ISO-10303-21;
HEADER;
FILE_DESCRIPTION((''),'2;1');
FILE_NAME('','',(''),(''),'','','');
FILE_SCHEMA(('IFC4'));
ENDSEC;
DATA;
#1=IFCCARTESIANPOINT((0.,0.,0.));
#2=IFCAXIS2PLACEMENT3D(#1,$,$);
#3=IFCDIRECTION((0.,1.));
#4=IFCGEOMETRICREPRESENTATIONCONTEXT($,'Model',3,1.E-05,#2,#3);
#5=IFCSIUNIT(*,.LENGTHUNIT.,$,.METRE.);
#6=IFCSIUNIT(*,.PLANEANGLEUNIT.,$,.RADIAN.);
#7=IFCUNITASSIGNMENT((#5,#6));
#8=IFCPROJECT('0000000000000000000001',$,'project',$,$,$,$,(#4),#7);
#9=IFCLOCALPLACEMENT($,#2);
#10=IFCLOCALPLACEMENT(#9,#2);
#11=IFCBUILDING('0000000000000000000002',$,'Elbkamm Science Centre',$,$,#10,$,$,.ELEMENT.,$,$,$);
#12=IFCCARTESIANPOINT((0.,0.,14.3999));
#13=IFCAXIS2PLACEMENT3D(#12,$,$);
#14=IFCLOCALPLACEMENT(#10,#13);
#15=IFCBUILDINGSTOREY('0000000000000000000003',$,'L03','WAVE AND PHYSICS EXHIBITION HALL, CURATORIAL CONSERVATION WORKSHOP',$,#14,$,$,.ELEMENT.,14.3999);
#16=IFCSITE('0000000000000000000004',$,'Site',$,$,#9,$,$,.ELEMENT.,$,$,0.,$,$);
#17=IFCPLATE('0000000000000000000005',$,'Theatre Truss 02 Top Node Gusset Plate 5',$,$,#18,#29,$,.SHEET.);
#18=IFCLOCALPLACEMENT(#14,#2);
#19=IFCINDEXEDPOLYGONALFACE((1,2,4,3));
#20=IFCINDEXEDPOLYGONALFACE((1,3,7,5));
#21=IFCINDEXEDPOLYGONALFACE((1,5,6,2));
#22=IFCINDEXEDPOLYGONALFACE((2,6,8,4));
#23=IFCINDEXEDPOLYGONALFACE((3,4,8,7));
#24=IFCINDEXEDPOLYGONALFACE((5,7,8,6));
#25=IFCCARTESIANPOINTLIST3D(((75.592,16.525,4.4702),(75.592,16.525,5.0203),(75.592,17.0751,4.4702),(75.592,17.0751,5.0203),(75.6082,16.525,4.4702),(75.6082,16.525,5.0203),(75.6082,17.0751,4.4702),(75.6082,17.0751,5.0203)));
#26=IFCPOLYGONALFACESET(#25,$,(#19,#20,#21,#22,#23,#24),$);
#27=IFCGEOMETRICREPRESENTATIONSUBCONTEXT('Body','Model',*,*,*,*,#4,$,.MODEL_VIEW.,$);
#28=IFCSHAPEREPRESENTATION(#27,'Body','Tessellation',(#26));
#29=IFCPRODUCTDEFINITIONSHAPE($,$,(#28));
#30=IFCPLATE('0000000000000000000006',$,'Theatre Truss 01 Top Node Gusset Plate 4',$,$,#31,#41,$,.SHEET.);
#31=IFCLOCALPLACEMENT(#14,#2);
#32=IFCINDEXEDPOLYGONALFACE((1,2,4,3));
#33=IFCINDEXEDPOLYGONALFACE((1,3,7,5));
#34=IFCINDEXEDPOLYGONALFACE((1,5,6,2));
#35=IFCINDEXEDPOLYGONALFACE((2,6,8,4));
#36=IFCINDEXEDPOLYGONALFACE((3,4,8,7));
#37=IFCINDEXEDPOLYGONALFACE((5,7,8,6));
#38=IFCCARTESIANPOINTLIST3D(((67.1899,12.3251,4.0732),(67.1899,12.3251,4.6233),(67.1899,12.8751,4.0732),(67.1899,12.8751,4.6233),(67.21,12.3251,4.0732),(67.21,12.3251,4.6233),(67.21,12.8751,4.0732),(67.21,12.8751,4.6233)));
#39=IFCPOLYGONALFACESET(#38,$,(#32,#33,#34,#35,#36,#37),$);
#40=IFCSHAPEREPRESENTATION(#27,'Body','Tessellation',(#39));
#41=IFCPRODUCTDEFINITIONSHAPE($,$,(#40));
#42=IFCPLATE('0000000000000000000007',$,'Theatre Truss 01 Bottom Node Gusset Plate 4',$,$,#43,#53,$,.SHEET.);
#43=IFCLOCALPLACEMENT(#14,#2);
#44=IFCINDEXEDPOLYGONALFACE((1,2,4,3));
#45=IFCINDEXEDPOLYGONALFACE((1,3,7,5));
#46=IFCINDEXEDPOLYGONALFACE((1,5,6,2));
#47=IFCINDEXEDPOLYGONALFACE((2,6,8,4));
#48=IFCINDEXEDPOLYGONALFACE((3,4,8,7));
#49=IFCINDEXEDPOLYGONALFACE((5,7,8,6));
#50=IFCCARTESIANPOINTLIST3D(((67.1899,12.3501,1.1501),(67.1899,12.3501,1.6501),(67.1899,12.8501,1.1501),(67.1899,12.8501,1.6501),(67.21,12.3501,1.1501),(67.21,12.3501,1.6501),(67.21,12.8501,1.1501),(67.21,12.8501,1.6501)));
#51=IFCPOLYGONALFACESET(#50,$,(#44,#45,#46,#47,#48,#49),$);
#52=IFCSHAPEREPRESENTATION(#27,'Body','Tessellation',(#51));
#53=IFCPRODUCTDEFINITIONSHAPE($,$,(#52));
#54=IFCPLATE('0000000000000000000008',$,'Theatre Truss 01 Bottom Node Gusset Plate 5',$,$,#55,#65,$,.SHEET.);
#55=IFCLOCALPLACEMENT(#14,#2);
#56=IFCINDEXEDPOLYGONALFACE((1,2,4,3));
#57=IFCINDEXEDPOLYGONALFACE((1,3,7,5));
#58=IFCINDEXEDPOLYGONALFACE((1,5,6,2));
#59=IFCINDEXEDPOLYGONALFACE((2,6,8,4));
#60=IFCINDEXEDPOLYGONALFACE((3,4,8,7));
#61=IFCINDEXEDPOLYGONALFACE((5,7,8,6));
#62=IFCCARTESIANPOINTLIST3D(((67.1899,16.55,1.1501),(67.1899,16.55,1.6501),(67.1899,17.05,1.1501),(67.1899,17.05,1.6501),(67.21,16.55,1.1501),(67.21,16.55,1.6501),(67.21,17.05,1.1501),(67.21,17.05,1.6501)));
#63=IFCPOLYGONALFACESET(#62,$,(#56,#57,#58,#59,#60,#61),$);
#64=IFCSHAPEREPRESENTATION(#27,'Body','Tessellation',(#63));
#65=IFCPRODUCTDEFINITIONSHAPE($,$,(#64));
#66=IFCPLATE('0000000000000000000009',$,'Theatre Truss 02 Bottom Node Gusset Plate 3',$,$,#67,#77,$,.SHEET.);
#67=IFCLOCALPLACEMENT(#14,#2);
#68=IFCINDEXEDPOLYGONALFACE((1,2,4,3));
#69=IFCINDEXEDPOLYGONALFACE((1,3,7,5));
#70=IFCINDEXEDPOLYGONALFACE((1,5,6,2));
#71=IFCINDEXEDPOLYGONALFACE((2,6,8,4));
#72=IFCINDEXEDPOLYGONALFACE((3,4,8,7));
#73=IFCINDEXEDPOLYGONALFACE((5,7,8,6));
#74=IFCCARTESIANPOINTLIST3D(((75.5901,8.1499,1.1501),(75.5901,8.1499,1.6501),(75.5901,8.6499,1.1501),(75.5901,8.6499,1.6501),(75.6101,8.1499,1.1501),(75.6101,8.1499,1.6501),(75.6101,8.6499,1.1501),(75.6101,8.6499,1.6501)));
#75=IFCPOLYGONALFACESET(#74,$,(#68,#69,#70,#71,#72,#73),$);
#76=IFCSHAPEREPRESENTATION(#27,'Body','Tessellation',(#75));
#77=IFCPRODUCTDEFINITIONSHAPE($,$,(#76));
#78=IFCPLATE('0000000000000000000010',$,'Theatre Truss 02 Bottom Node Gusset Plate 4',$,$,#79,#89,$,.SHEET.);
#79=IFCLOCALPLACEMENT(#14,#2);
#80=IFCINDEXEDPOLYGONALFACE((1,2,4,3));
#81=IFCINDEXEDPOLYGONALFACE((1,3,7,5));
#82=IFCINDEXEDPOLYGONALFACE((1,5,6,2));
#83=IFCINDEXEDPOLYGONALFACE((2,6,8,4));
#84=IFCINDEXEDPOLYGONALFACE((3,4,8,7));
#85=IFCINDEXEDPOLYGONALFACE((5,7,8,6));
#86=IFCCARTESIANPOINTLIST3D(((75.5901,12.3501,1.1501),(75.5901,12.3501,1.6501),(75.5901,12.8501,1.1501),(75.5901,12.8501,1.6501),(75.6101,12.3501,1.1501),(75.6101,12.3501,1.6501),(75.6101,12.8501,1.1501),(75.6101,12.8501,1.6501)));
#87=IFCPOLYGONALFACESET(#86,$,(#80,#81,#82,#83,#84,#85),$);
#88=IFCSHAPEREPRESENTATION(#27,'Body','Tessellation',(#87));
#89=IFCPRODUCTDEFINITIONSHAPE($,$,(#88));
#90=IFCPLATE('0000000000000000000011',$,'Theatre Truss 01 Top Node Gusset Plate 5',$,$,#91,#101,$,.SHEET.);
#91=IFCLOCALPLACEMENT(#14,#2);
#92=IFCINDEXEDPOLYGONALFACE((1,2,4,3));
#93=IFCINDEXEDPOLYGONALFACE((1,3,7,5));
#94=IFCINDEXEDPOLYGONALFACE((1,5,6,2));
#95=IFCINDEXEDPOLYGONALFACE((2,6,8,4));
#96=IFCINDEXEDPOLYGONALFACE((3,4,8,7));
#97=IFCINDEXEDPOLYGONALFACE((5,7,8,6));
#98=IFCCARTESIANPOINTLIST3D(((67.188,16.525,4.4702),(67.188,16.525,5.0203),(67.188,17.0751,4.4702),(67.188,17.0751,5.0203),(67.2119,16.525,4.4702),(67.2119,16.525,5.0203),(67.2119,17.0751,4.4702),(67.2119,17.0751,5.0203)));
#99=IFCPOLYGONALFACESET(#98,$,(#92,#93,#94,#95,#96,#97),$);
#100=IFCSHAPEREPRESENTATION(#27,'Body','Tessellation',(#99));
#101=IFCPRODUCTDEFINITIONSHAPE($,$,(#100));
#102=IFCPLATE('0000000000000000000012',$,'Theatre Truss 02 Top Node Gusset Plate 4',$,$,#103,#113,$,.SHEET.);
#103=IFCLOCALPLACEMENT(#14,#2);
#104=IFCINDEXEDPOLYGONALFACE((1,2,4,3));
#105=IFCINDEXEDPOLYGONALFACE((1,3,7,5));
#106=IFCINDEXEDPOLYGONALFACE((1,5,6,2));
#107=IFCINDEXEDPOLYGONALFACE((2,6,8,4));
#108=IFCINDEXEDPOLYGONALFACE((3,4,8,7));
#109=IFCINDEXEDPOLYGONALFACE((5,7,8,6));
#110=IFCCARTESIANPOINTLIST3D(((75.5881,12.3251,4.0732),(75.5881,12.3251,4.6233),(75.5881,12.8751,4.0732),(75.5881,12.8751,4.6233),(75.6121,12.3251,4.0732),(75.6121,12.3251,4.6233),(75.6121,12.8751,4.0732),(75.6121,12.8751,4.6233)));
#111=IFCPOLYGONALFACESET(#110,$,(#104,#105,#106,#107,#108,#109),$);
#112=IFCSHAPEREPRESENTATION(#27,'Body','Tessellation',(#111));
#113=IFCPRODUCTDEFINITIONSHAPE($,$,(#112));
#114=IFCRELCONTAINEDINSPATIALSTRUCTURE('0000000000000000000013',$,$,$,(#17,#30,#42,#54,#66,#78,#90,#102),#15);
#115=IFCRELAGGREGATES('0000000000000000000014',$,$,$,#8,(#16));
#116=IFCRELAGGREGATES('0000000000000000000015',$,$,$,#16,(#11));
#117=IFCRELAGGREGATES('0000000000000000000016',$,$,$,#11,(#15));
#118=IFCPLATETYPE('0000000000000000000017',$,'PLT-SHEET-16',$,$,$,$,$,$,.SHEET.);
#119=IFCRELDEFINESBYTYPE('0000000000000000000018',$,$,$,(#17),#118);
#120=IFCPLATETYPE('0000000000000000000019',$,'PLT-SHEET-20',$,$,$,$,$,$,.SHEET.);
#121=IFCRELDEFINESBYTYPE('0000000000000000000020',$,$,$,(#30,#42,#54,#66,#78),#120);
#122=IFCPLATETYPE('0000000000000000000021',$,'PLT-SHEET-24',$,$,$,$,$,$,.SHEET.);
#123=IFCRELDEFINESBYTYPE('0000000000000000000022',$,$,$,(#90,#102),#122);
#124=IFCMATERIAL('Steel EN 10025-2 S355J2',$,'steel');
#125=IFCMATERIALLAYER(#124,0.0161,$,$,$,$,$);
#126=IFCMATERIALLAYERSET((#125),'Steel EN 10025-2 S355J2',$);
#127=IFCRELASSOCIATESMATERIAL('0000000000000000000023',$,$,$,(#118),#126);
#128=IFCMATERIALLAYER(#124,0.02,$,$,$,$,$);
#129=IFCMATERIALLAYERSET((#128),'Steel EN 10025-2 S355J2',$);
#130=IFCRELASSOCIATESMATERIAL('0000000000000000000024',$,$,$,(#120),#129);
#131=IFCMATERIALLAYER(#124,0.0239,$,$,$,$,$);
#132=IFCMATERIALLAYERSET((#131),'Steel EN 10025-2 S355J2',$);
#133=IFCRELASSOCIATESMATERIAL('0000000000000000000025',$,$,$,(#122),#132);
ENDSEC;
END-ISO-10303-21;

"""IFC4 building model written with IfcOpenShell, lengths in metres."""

from ifc_helpers import new_model, si_unit, direction, frame, origin, origin_2d, place, context, subcontext, project, spatial, rectangle, extrude, material, layer, layer_set, type_object, element, save


model = new_model("IFC4")

# Units and contexts
model_context = context("Model", 3, precision=1e-05, world=origin(), true_north=direction((0.0, 1.0)))
body_context = subcontext(model_context, "Body", "Model", "MODEL_VIEW")
ifc_project = project(units=[si_unit("LENGTHUNIT", "METRE"), si_unit("PLANEANGLEUNIT", "RADIAN")], contexts=[model_context])

# Site, building, storey
site_placement = place(None, origin())
site = spatial("IfcSite", under=ifc_project, at=site_placement, Name="Site", CompositionType="ELEMENT", RefElevation=0.0)
building_placement = place(site_placement, origin())
building = spatial("IfcBuilding", under=site, at=building_placement, Name="Elbkamm Science Centre", CompositionType="ELEMENT")
storey_placement = place(building_placement, frame((0.0, 0.0, 14.3999)))
storey = spatial("IfcBuildingStorey", under=building, at=storey_placement, Name="L03", Description="WAVE AND PHYSICS EXHIBITION HALL, CURATORIAL CONSERVATION WORKSHOP", CompositionType="ELEMENT", Elevation=14.3999)

# Shared definitions
ifc_material = material(Name="Steel EN 10025-2 S355J2", Category="steel")

# Plates
ifc_layer_1 = layer(ifc_material, 0.0161)
ifc_layer_set_1 = layer_set([ifc_layer_1], Name="Steel EN 10025-2 S355J2")
plate_type_1 = type_object("IfcPlateType", Name="PLT-SHEET-16", PredefinedType="SHEET", material=ifc_layer_set_1)
plate_1_placement = place(storey_placement, frame((75.6001, 16.8, 4.4702), z_axis=(0.0, 0.0, 1.0), x_axis=(1.0, 0.0, 0.0)))
element("IfcPlate", 1, at=plate_1_placement, inside=storey, type_object=plate_type_1, Name="Theatre Truss 02 Top Node Gusset Plate 5", PredefinedType="SHEET", context=body_context, shape_type="SweptSolid", body=[
    extrude(rectangle(XDim=0.0161, YDim=0.55, at=origin_2d()), origin(), (0.0, 0.0, 1.0), 0.55),
])
ifc_layer_2 = layer(ifc_material, 0.02)
ifc_layer_set_2 = layer_set([ifc_layer_2], Name="Steel EN 10025-2 S355J2")
plate_type_2 = type_object("IfcPlateType", Name="PLT-SHEET-20", PredefinedType="SHEET", material=ifc_layer_set_2)
plate_2_placement = place(storey_placement, frame((67.2, 12.6001, 4.0732), z_axis=(0.0, 0.0, 1.0), x_axis=(1.0, 0.0, 0.0)))
element("IfcPlate", 2, at=plate_2_placement, inside=storey, type_object=plate_type_2, Name="Theatre Truss 01 Top Node Gusset Plate 4", PredefinedType="SHEET", context=body_context, shape_type="SweptSolid", body=[
    extrude(rectangle(XDim=0.02, YDim=0.55, at=origin_2d()), origin(), (0.0, 0.0, 1.0), 0.55),
])
for number, where, z_axis, x_axis, name in (
    (3, (67.2, 12.6001, 1.1501), (0.0, 0.0, 1.0), (1.0, 0.0, 0.0), "Theatre Truss 01 Bottom Node Gusset Plate 4"),
    (4, (67.2, 16.8, 1.1501), (0.0, 0.0, 1.0), (1.0, 0.0, 0.0), "Theatre Truss 01 Bottom Node Gusset Plate 5"),
    (5, (75.6001, 8.3999, 1.1501), (0.0, 0.0, 1.0), (1.0, 0.0, 0.0), "Theatre Truss 02 Bottom Node Gusset Plate 3"),
    (6, (75.6001, 12.6001, 1.1501), (0.0, 0.0, 1.0), (1.0, 0.0, 0.0), "Theatre Truss 02 Bottom Node Gusset Plate 4"),
):
    element("IfcPlate", number, at=place(storey_placement, frame(where, z_axis=z_axis, x_axis=x_axis)), inside=storey, type_object=plate_type_2, Name=name, PredefinedType="SHEET", context=body_context, shape_type="SweptSolid", body=[
        extrude(rectangle(XDim=0.02, YDim=0.5, at=origin_2d()), origin(), (0.0, 0.0, 1.0), 0.5),
    ])
ifc_layer_3 = layer(ifc_material, 0.0239)
ifc_layer_set_3 = layer_set([ifc_layer_3], Name="Steel EN 10025-2 S355J2")
plate_type_3 = type_object("IfcPlateType", Name="PLT-SHEET-24", PredefinedType="SHEET", material=ifc_layer_set_3)
for number, where, z_axis, x_axis, name in (
    (7, (67.2, 16.8, 4.4702), (0.0, 0.0, 1.0), (1.0, 0.0, 0.0), "Theatre Truss 01 Top Node Gusset Plate 5"),
    (8, (75.6001, 12.6001, 4.0732), (0.0, 0.0, 1.0), (1.0, 0.0, 0.0), "Theatre Truss 02 Top Node Gusset Plate 4"),
):
    element("IfcPlate", number, at=place(storey_placement, frame(where, z_axis=z_axis, x_axis=x_axis)), inside=storey, type_object=plate_type_3, Name=name, PredefinedType="SHEET", context=body_context, shape_type="SweptSolid", body=[
        extrude(rectangle(XDim=0.0239, YDim=0.55, at=origin_2d()), origin(), (0.0, 0.0, 1.0), 0.55),
    ])

save(model, "model.ifc")
